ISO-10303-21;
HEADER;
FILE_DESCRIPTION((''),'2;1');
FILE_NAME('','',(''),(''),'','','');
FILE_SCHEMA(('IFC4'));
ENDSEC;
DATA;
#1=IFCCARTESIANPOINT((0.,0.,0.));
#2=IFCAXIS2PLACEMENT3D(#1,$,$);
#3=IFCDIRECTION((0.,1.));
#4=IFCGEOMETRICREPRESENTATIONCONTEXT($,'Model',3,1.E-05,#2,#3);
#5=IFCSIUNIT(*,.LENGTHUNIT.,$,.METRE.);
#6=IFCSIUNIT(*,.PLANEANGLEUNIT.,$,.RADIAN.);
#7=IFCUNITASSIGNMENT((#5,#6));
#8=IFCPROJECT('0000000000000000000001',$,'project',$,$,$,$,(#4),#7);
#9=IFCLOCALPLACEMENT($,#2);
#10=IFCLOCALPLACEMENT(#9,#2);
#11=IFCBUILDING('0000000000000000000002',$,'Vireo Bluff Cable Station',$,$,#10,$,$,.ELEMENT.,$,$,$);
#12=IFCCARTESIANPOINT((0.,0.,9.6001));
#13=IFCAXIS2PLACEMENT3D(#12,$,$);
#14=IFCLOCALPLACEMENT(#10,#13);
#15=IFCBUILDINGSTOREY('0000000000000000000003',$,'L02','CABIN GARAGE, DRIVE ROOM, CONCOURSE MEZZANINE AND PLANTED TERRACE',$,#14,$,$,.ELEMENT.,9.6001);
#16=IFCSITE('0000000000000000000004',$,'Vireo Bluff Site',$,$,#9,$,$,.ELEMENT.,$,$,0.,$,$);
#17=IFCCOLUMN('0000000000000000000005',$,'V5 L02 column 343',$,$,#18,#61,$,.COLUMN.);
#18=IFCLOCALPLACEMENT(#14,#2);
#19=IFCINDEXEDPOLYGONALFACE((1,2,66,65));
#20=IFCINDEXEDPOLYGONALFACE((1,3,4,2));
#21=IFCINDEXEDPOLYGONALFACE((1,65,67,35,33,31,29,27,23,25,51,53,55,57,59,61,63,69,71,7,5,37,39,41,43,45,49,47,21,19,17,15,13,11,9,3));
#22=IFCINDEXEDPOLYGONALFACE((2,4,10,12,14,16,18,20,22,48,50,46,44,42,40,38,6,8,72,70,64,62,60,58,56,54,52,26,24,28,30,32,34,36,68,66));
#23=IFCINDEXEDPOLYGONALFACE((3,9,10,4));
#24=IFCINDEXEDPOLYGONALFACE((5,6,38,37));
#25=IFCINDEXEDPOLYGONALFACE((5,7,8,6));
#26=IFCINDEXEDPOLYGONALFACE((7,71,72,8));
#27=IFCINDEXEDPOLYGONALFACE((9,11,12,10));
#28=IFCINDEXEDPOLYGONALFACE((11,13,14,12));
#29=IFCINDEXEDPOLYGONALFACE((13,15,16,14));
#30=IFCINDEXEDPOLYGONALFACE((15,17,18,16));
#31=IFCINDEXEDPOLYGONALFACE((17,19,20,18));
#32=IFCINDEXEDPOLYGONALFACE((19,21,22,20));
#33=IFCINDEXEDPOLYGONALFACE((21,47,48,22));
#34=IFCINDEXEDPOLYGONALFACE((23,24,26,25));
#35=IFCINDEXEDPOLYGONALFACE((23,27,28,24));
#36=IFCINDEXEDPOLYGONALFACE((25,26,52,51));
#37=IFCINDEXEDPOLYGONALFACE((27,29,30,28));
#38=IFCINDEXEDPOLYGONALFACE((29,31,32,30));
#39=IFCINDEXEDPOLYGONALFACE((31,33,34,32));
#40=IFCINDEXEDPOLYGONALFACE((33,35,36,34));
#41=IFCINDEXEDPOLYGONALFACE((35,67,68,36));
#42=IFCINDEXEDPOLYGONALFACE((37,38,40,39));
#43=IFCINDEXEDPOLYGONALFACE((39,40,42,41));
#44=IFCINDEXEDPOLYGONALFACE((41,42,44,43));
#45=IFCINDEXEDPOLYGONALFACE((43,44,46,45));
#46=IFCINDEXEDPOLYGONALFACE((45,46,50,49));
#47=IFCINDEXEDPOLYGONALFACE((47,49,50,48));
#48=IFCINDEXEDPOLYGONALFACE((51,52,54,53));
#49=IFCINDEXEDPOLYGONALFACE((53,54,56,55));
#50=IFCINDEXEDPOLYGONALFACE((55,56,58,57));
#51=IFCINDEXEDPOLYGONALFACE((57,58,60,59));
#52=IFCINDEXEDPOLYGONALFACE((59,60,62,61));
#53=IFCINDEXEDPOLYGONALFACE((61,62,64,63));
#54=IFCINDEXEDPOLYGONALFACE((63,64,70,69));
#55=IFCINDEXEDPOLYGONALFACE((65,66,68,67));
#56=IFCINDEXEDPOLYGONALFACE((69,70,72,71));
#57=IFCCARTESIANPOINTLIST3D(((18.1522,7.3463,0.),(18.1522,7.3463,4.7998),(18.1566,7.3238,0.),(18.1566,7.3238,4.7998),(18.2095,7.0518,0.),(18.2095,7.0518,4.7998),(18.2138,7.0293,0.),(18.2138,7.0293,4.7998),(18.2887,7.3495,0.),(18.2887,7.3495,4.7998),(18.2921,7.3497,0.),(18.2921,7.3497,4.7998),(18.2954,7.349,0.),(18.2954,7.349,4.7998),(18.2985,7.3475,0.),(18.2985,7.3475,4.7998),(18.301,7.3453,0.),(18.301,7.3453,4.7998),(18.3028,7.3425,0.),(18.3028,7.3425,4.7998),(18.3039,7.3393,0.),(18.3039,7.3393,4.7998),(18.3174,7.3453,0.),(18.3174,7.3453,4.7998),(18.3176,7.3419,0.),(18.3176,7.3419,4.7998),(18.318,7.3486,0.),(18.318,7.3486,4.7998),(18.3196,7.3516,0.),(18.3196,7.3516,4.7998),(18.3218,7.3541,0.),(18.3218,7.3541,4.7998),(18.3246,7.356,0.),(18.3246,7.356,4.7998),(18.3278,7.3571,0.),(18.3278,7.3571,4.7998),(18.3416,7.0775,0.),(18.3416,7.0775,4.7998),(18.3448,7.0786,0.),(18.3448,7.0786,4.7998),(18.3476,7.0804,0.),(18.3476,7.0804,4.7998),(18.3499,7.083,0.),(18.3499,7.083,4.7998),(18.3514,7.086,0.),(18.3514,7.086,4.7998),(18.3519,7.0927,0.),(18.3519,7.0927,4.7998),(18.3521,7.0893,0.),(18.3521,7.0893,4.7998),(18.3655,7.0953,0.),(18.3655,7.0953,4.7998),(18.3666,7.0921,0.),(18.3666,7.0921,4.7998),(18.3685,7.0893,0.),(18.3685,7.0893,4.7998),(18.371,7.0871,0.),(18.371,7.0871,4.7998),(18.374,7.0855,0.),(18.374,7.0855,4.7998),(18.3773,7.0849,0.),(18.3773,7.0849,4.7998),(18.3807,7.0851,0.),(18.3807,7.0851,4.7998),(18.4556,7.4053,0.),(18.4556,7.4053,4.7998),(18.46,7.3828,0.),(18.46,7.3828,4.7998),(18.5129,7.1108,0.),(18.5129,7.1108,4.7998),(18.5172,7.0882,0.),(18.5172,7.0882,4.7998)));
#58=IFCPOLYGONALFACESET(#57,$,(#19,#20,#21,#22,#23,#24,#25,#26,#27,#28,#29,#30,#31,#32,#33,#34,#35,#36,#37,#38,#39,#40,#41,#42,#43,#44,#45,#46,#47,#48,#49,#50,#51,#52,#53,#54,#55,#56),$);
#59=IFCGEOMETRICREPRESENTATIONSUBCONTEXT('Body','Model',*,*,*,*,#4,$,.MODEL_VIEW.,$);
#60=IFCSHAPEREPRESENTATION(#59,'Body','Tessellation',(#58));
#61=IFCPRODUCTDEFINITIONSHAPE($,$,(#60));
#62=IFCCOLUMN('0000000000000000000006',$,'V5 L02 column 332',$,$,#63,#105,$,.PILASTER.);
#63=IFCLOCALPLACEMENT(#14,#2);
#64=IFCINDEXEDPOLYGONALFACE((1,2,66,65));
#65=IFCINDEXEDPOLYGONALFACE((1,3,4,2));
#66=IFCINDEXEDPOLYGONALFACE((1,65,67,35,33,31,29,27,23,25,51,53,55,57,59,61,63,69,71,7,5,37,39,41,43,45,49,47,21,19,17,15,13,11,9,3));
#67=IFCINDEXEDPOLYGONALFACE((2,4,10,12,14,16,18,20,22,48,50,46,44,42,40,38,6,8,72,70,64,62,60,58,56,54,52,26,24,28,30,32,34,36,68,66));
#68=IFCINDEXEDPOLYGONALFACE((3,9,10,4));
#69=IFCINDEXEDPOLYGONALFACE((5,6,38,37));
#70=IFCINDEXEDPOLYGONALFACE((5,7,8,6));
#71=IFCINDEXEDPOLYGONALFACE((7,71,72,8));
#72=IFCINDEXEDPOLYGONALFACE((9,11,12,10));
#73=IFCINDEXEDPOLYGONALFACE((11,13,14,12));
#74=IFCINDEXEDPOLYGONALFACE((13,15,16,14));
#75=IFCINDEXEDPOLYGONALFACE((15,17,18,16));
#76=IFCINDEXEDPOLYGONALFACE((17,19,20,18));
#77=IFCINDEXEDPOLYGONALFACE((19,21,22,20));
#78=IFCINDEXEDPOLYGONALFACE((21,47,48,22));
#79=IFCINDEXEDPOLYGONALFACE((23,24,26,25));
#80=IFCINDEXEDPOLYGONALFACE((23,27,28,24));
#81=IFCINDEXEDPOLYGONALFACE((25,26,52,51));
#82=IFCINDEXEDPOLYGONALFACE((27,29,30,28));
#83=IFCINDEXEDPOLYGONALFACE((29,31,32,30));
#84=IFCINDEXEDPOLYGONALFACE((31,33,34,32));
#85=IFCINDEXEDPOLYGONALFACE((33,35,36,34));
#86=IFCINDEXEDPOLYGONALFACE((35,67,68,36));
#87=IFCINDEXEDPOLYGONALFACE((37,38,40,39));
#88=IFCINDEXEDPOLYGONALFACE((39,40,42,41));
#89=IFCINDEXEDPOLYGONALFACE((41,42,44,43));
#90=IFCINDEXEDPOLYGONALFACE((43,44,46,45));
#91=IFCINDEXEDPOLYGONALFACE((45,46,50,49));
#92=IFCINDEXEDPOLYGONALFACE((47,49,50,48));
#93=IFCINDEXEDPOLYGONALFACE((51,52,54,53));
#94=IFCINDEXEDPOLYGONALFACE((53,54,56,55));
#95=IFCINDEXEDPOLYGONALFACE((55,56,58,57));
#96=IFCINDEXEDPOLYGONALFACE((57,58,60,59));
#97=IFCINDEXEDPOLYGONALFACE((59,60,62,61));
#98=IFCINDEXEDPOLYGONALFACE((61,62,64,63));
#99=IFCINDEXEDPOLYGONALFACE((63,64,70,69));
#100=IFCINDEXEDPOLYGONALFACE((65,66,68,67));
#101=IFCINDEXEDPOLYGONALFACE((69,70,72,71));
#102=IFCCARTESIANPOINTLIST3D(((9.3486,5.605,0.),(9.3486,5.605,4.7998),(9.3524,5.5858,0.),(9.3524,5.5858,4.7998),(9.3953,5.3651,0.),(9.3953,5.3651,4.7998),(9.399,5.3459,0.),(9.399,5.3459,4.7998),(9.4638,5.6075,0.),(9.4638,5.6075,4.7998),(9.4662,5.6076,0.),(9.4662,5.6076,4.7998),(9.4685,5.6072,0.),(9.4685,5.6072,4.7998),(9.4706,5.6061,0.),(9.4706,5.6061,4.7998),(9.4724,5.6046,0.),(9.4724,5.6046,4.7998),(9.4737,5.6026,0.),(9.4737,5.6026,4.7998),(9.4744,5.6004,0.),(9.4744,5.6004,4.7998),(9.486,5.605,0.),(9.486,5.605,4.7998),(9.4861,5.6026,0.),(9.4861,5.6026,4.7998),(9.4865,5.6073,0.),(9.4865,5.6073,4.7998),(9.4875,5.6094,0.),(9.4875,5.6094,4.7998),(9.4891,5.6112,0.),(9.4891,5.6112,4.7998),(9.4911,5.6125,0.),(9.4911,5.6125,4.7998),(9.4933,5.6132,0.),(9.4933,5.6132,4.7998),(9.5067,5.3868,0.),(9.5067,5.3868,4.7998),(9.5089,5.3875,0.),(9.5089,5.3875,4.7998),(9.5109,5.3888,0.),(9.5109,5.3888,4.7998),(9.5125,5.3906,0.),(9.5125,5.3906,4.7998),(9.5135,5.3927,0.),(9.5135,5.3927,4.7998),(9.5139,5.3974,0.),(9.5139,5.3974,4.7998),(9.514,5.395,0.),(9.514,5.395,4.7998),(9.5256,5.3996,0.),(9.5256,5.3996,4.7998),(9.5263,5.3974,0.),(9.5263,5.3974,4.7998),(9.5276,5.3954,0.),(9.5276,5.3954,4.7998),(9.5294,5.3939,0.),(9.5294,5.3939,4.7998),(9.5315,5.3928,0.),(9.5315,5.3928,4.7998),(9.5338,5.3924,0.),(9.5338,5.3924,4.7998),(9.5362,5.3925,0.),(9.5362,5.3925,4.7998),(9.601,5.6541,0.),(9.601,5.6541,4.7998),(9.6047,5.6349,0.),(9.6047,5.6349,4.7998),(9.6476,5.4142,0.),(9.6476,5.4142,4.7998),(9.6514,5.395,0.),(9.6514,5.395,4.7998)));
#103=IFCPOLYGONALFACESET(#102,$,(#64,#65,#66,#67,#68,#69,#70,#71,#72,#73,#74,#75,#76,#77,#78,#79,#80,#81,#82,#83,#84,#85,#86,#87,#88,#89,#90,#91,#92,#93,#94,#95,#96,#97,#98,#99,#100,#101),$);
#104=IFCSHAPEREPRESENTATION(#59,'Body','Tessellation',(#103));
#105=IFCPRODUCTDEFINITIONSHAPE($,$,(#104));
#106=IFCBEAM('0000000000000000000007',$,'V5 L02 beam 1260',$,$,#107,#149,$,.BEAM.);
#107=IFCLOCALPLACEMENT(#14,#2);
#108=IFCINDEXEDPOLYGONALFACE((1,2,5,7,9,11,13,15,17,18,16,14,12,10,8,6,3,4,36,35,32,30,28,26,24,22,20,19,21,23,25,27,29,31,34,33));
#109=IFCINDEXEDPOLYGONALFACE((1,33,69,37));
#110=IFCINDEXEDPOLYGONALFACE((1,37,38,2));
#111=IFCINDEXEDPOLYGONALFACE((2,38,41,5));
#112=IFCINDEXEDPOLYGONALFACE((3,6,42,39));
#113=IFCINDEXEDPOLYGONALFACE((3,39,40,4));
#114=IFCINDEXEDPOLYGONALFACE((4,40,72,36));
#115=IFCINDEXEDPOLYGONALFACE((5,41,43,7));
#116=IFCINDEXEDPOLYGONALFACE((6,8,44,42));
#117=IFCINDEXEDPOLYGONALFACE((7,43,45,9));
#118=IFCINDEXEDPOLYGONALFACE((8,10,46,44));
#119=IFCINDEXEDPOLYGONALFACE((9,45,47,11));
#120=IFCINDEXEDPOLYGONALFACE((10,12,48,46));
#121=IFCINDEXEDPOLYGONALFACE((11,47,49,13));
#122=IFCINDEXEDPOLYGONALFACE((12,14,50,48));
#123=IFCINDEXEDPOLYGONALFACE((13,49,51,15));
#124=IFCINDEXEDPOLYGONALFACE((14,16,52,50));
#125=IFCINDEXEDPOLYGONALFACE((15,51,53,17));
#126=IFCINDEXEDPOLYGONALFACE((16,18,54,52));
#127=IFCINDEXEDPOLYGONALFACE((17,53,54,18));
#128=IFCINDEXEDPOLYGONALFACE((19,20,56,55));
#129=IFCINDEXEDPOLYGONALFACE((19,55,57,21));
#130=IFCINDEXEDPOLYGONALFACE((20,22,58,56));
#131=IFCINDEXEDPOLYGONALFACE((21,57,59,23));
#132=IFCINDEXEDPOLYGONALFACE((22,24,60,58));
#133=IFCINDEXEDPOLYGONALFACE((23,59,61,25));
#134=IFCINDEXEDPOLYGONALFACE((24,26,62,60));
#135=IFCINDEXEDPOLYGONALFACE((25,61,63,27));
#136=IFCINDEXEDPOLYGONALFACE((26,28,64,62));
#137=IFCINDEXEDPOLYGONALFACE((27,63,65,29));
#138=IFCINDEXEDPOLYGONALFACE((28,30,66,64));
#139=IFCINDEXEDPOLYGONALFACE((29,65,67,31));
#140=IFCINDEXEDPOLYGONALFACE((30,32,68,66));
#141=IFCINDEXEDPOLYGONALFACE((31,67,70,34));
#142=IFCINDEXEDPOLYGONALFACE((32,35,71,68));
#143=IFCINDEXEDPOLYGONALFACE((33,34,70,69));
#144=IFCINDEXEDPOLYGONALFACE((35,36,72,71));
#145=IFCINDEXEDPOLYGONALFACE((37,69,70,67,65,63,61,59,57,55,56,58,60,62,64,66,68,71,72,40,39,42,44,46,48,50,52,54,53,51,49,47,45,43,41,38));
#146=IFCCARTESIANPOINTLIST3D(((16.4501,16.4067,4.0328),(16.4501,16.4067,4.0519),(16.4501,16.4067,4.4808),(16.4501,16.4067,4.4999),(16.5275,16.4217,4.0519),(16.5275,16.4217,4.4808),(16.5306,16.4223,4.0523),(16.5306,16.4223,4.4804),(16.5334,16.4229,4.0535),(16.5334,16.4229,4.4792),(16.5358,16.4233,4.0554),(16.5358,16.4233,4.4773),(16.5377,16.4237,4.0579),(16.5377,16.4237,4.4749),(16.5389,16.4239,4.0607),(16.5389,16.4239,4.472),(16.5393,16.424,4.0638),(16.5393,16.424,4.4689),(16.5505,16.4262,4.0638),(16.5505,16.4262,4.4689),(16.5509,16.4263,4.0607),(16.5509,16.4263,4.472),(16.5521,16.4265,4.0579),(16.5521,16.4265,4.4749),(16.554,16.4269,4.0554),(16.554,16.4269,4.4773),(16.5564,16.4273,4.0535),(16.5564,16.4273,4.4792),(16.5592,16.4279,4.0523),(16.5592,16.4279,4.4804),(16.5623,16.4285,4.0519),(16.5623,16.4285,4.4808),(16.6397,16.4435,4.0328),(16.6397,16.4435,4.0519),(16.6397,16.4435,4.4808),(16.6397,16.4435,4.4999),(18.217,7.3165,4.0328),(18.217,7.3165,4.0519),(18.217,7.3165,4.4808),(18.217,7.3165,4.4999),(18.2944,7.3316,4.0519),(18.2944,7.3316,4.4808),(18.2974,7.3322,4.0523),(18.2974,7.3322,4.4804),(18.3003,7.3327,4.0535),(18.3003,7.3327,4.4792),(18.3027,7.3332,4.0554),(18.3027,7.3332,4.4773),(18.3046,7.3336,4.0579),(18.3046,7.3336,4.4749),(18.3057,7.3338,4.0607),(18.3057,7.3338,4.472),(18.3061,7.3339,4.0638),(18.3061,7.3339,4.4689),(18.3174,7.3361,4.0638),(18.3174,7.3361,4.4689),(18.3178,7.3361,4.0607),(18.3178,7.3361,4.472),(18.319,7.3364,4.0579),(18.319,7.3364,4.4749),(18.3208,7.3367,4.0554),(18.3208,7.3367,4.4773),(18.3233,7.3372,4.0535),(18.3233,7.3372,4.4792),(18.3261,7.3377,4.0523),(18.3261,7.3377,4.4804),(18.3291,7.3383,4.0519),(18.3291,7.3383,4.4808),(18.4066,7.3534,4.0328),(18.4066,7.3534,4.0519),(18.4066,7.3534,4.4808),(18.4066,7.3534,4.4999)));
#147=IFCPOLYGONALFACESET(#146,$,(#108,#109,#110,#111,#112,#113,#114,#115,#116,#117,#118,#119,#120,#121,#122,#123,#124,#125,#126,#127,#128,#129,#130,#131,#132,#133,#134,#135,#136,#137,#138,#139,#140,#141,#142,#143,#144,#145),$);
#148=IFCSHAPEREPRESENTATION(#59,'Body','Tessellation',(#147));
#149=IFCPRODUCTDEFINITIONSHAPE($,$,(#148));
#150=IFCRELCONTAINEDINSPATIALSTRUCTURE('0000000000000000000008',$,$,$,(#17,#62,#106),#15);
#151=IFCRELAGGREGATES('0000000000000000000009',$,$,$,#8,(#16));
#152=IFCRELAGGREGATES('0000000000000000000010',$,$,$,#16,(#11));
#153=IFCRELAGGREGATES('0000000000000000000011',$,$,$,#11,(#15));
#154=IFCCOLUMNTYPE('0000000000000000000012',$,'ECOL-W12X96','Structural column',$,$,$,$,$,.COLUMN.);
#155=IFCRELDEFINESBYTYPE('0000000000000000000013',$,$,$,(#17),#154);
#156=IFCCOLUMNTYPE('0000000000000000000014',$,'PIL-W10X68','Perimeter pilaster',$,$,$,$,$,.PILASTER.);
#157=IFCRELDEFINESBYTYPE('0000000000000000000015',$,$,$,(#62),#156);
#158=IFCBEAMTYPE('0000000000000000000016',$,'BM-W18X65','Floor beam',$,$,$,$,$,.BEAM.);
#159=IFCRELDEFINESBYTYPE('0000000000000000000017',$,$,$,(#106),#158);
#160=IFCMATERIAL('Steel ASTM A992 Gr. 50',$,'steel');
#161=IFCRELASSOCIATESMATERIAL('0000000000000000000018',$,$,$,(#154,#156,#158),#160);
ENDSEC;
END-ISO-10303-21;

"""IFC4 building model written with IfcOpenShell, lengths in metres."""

from ifc_helpers import new_model, si_unit, direction, frame, origin, origin_2d, place, context, subcontext, project, spatial, i_section, extrude, material, material_profile, profile_set, type_object, element, save


model = new_model("IFC4")

# Units and contexts
model_context = context("Model", 3, precision=1e-05, world=origin(), true_north=direction((0.0, 1.0)))
body_context = subcontext(model_context, "Body", "Model", "MODEL_VIEW")
ifc_project = project(units=[si_unit("LENGTHUNIT", "METRE"), si_unit("PLANEANGLEUNIT", "RADIAN")], contexts=[model_context])

# Site, building, storey
site_placement = place(None, origin())
site = spatial("IfcSite", under=ifc_project, at=site_placement, Name="Vireo Bluff Site", CompositionType="ELEMENT", RefElevation=0.0)
building_placement = place(site_placement, origin())
building = spatial("IfcBuilding", under=site, at=building_placement, Name="Vireo Bluff Cable Station", CompositionType="ELEMENT")
storey_placement = place(building_placement, frame((0.0, 0.0, 9.6001)))
storey = spatial("IfcBuildingStorey", under=building, at=storey_placement, Name="L02", Description="CABIN GARAGE, DRIVE ROOM, CONCOURSE MEZZANINE AND PLANTED TERRACE", CompositionType="ELEMENT", Elevation=9.6001)

# Columns
ifc_material_1 = material(Name="Steel ASTM A992 Gr. 50", Category="steel")
ifc_material_profile_1 = material_profile(ifc_material_1, i_section(OverallWidth=0.3091, OverallDepth=0.323, WebThickness=0.0139, FlangeThickness=0.0229, FilletRadius=0.0129, at=origin_2d()), Name="W12X96")
ifc_profile_set_1 = profile_set([ifc_material_profile_1], Name="Steel ASTM A992 Gr. 50")
column_type_1 = type_object("IfcColumnType", Name="ECOL-W12X96", Description="Structural column", PredefinedType="COLUMN", material=ifc_profile_set_1)
column_1_placement = place(storey_placement, frame((18.3347, 7.2173, 0.0), z_axis=(0.0, 0.0, 1.0), x_axis=(0.981627, 0.190809, 0.0)))
element("IfcColumn", 1, at=column_1_placement, inside=storey, type_object=column_type_1, Name="V5 L02 column 343", PredefinedType="COLUMN", context=body_context, shape_type="SweptSolid", body=[
    extrude(i_section(OverallWidth=0.3091, OverallDepth=0.323, WebThickness=0.0139, FlangeThickness=0.0229, FilletRadius=0.0129, at=origin_2d()), origin(), (0.0, 0.0, 1.0), 4.7998),
])
ifc_material_profile_2 = material_profile(ifc_material_1, i_section(OverallWidth=0.2571, OverallDepth=0.2639, WebThickness=0.012, FlangeThickness=0.0195, FilletRadius=0.009, at=origin_2d()), Name="W10X68")
ifc_profile_set_2 = profile_set([ifc_material_profile_2], Name="Steel ASTM A992 Gr. 50")
column_type_2 = type_object("IfcColumnType", Name="PIL-W10X68", Description="Perimeter pilaster", PredefinedType="PILASTER", material=ifc_profile_set_2)
column_2_placement = place(storey_placement, frame((9.5, 5.5, 0.0), z_axis=(0.0, 0.0, 1.0), x_axis=(0.981627, 0.190809, 0.0)))
element("IfcColumn", 2, at=column_2_placement, inside=storey, type_object=column_type_2, Name="V5 L02 column 332", PredefinedType="PILASTER", context=body_context, shape_type="SweptSolid", body=[
    extrude(i_section(OverallWidth=0.2571, OverallDepth=0.2639, WebThickness=0.012, FlangeThickness=0.0195, FilletRadius=0.009, at=origin_2d()), origin(), (0.0, 0.0, 1.0), 4.7998),
])

# Beam
ifc_material_profile_3 = material_profile(ifc_material_1, i_section(OverallWidth=0.1931, OverallDepth=0.467, WebThickness=0.0115, FlangeThickness=0.019, FilletRadius=0.012, at=origin_2d()), Name="W18X65")
ifc_profile_set_3 = profile_set([ifc_material_profile_3], Name="Steel ASTM A992 Gr. 50")
beam_type_1 = type_object("IfcBeamType", Name="BM-W18X65", Description="Floor beam", PredefinedType="BEAM", material=ifc_profile_set_3)
beam_1_placement = place(storey_placement, frame((18.3118, 7.335, 4.2664), z_axis=(-0.1908, 0.981629, 0.0), x_axis=(-0.981629, -0.1908, 0.0)))
element("IfcBeam", 3, at=beam_1_placement, inside=storey, type_object=beam_type_1, Name="V5 L02 beam 1260", PredefinedType="BEAM", context=body_context, shape_type="SweptSolid", body=[
    extrude(i_section(OverallWidth=0.1931, OverallDepth=0.467, WebThickness=0.0115, FlangeThickness=0.019, FilletRadius=0.012, at=origin_2d()), origin(), (0.0, 0.0, 1.0), 9.2603),
])

save(model, "model.ifc")
